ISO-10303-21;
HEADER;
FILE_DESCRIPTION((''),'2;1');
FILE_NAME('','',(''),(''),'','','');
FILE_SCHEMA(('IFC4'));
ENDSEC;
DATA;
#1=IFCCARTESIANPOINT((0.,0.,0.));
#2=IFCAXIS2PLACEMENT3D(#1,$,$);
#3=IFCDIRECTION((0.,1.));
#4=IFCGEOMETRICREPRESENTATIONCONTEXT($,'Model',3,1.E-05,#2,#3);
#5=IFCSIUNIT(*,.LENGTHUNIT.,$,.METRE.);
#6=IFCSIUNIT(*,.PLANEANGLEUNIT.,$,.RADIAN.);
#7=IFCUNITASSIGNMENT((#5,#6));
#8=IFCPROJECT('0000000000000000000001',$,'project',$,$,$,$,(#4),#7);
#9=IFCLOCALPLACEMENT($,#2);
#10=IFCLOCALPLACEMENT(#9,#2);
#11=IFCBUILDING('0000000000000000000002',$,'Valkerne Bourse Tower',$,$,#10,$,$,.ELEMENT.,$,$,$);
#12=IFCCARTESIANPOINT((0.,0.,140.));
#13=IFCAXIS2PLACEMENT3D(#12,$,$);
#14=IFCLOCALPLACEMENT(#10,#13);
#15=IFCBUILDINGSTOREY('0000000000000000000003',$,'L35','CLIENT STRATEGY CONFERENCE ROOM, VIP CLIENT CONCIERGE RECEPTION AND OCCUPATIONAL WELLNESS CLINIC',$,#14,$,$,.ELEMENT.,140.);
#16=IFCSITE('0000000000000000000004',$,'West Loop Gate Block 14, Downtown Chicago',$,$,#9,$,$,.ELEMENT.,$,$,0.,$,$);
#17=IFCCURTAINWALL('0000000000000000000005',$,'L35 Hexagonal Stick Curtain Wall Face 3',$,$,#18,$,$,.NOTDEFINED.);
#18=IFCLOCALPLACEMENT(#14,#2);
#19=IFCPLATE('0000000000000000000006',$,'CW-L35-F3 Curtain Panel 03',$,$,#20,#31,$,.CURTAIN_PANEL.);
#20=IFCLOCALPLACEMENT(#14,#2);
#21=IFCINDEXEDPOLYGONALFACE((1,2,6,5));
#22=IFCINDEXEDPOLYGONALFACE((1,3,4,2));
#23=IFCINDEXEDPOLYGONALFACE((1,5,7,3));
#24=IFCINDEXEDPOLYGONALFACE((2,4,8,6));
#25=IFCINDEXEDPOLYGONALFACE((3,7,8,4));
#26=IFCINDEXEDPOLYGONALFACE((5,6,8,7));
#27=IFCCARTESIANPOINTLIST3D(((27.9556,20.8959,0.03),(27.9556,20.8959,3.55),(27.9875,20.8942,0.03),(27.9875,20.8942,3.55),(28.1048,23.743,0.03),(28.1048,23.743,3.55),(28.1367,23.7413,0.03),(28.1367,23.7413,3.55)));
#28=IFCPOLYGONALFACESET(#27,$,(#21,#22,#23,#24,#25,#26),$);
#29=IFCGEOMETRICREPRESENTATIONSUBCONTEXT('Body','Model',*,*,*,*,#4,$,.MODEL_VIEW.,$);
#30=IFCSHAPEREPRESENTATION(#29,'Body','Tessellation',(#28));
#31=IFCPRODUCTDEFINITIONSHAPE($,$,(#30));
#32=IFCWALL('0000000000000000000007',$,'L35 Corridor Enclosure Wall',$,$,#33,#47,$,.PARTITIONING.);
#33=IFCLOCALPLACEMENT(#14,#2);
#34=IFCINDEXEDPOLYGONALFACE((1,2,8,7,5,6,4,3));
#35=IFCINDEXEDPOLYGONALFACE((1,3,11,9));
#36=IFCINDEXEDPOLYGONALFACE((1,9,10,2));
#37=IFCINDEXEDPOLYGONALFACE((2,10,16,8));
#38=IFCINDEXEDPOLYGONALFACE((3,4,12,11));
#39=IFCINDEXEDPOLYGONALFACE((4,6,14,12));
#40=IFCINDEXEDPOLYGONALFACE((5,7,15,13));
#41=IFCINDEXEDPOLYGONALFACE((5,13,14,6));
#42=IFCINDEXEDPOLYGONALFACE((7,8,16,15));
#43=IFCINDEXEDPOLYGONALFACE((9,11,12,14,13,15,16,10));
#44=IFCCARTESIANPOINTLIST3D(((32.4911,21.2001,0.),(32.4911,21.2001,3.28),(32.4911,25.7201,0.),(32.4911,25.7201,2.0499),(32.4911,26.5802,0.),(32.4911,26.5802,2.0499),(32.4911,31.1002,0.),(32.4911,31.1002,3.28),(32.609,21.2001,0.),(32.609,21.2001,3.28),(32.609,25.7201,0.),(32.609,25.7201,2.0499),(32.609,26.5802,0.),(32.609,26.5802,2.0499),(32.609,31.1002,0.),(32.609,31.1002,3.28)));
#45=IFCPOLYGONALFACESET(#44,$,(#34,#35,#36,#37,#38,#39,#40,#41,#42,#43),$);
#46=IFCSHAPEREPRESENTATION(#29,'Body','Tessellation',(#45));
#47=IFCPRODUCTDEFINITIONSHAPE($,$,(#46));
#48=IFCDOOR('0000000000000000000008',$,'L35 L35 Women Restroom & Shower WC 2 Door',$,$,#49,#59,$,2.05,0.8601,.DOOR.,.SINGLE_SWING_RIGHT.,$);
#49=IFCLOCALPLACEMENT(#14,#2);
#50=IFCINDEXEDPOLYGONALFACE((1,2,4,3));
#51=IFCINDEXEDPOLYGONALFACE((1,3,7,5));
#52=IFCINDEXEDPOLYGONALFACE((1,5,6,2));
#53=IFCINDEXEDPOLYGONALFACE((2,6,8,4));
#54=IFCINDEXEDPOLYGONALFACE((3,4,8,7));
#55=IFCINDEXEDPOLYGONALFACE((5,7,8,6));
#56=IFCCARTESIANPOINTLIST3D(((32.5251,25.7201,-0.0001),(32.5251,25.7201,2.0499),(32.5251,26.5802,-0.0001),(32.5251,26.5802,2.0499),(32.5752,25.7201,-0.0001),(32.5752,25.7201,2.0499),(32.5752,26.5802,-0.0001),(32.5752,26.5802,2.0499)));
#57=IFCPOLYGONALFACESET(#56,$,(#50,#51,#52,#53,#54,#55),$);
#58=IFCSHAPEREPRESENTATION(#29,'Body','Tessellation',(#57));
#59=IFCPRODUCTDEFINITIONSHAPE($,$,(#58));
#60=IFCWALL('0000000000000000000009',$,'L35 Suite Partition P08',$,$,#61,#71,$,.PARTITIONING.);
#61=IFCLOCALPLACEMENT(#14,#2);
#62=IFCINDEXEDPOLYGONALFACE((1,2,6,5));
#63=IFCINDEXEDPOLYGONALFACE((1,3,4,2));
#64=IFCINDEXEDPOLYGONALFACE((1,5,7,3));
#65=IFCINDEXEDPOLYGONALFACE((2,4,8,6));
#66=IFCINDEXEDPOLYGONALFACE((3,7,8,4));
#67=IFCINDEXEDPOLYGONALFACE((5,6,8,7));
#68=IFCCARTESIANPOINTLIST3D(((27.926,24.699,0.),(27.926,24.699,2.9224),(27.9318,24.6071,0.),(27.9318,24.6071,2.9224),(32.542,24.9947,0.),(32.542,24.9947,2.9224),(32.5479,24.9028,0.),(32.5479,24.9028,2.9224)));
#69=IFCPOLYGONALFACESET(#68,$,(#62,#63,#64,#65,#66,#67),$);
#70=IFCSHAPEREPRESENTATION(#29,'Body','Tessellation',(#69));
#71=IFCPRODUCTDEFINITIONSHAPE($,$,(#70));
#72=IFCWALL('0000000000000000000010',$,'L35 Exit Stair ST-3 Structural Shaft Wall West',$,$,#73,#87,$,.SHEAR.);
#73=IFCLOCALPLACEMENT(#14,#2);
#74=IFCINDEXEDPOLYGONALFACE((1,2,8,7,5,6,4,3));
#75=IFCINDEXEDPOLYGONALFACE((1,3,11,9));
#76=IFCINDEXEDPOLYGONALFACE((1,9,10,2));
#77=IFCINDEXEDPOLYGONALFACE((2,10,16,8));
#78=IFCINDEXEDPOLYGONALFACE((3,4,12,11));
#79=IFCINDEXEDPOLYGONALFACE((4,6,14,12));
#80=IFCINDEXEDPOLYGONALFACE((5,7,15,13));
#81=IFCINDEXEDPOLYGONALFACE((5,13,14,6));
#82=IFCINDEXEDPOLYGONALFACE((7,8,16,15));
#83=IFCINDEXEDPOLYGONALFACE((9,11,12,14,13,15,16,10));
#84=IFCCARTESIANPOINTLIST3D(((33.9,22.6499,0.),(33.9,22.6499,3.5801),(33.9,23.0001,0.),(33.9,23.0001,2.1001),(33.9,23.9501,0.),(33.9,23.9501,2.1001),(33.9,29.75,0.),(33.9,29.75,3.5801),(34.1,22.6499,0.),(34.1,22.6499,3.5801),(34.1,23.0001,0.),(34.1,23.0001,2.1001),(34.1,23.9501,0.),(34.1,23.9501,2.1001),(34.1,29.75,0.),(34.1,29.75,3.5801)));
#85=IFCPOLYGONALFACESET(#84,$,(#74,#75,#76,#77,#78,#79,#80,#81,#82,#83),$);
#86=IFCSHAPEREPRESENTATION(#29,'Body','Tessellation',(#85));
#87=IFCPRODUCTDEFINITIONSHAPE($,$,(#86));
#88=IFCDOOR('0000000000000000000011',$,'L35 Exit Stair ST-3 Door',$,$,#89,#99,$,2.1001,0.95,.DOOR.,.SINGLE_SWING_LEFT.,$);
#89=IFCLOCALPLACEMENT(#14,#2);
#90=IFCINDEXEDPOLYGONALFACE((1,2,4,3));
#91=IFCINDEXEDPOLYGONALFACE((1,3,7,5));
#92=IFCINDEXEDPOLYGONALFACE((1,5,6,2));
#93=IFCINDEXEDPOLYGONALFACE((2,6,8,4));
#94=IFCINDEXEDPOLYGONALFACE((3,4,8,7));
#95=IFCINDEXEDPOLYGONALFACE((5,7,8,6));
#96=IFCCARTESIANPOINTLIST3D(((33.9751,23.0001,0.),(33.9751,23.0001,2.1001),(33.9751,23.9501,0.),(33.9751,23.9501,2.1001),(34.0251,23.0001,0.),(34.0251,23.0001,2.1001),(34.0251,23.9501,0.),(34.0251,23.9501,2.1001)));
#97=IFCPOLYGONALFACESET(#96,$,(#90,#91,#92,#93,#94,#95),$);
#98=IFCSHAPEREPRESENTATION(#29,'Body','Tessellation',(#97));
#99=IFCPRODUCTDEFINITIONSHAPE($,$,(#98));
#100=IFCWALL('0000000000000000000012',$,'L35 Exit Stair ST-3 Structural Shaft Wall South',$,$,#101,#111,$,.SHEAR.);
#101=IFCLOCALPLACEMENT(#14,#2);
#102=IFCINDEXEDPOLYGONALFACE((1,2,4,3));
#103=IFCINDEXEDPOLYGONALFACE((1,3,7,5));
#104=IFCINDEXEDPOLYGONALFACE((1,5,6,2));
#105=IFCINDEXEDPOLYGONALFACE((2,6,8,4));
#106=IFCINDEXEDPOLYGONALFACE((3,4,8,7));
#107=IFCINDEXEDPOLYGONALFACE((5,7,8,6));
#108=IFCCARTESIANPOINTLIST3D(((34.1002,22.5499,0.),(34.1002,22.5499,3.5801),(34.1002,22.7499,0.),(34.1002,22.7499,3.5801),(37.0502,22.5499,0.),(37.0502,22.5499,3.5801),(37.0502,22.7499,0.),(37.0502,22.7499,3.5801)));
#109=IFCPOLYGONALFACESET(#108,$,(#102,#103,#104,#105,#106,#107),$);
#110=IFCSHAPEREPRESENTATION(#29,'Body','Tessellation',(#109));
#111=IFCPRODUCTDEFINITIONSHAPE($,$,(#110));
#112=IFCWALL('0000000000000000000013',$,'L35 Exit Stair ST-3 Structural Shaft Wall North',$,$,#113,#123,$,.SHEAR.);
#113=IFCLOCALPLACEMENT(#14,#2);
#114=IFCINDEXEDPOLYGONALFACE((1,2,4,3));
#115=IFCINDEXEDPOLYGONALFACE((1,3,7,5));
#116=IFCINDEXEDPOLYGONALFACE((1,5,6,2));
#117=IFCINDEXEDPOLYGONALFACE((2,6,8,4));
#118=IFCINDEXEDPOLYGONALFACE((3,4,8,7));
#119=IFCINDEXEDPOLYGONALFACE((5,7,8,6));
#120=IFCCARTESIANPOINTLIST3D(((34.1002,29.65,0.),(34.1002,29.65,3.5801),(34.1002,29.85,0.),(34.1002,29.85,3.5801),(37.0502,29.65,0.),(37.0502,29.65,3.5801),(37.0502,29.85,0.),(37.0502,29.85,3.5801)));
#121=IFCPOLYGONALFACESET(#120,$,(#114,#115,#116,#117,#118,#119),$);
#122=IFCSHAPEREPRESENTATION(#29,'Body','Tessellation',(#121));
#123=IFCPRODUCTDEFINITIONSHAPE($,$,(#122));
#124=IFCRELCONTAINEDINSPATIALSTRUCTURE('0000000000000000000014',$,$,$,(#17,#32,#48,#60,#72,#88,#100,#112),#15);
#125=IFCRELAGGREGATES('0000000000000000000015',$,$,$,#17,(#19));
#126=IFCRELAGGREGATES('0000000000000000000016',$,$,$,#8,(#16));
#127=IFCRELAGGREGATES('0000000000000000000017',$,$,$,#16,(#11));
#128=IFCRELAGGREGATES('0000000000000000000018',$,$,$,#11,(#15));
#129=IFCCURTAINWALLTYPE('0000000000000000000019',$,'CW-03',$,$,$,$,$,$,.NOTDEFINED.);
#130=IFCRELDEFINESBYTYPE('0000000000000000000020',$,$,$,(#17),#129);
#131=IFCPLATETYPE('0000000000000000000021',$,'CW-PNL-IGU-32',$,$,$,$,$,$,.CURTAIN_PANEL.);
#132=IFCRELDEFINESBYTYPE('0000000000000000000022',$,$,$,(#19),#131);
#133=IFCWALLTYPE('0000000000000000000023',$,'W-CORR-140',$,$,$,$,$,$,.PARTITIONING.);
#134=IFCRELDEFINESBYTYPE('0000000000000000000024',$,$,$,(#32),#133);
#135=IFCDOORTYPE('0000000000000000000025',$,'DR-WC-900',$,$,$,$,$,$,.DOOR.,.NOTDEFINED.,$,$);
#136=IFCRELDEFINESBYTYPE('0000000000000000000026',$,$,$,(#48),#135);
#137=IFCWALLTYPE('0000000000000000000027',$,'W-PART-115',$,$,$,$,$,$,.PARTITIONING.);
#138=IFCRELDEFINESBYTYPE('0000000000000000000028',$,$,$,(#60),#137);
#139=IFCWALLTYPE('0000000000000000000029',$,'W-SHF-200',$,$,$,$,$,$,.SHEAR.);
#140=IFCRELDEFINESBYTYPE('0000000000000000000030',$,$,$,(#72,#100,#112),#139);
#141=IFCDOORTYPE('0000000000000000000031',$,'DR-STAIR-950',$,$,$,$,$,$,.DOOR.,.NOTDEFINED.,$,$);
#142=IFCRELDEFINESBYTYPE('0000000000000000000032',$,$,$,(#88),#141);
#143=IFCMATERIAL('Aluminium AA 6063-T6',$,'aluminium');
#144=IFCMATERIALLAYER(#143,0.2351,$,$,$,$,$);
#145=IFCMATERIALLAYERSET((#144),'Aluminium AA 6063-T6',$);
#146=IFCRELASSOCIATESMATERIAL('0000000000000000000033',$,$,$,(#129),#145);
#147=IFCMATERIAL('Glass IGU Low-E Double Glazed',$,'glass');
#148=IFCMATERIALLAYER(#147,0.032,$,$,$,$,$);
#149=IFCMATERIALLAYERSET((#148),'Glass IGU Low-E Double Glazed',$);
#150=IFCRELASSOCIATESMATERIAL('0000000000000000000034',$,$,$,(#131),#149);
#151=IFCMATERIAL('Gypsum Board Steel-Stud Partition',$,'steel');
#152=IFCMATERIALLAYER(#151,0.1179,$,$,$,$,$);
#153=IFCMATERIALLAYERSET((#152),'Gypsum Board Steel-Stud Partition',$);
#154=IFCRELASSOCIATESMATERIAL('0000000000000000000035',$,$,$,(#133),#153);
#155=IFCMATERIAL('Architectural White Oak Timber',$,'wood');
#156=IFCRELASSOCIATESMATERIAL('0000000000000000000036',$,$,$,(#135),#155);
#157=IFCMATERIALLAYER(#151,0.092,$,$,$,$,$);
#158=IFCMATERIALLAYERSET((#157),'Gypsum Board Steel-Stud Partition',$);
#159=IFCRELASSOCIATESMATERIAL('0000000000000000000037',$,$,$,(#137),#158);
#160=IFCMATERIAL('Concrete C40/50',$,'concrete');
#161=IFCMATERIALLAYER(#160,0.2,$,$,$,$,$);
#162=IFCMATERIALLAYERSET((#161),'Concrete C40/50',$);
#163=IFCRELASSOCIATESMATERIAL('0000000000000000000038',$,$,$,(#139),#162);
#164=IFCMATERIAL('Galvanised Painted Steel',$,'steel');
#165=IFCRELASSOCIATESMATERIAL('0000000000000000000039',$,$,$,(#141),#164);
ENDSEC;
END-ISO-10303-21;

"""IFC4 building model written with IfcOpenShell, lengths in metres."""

from ifc_helpers import new_model, si_unit, direction, frame, frame_2d, origin, origin_2d, place, context, subcontext, project, spatial, rectangle, extrude, material, layer, layer_set, type_object, element, fill, aggregate, save


model = new_model("IFC4")

# Units and contexts
model_context = context("Model", 3, precision=1e-05, world=origin(), true_north=direction((0.0, 1.0)))
body_context = subcontext(model_context, "Body", "Model", "MODEL_VIEW")
ifc_project = project(units=[si_unit("LENGTHUNIT", "METRE"), si_unit("PLANEANGLEUNIT", "RADIAN")], contexts=[model_context])

# Site, building, storey
site_placement = place(None, origin())
site = spatial("IfcSite", under=ifc_project, at=site_placement, Name="West Loop Gate Block 14, Downtown Chicago", CompositionType="ELEMENT", RefElevation=0.0)
building_placement = place(site_placement, origin())
building = spatial("IfcBuilding", under=site, at=building_placement, Name="Valkerne Bourse Tower", CompositionType="ELEMENT")
storey_placement = place(building_placement, frame((0.0, 0.0, 140.0)))
storey = spatial("IfcBuildingStorey", under=building, at=storey_placement, Name="L35", Description="CLIENT STRATEGY CONFERENCE ROOM, VIP CLIENT CONCIERGE RECEPTION AND OCCUPATIONAL WELLNESS CLINIC", CompositionType="ELEMENT", Elevation=140.0)

# Curtain wall
ifc_material_1 = material(Name="Aluminium AA 6063-T6", Category="aluminium")
ifc_layer_1 = layer(ifc_material_1, 0.2351)
ifc_layer_set_1 = layer_set([ifc_layer_1], Name="Aluminium AA 6063-T6")
curtain_wall_type = type_object("IfcCurtainWallType", Name="CW-03", PredefinedType="NOTDEFINED", material=ifc_layer_set_1)
curtain_wall_placement = place(storey_placement, origin())
curtain_wall = element("IfcCurtainWall", 1, at=curtain_wall_placement, inside=storey, type_object=curtain_wall_type, Name="L35 Hexagonal Stick Curtain Wall Face 3", PredefinedType="NOTDEFINED")

# Plate
ifc_material_2 = material(Name="Glass IGU Low-E Double Glazed", Category="glass")
ifc_layer_2 = layer(ifc_material_2, 0.032)
ifc_layer_set_2 = layer_set([ifc_layer_2], Name="Glass IGU Low-E Double Glazed")
plate_type = type_object("IfcPlateType", Name="CW-PNL-IGU-32", PredefinedType="CURTAIN_PANEL", material=ifc_layer_set_2)
plate_1_placement = place(storey_placement, frame((28.0461, 22.3186, 0.03), z_axis=(0.0, 0.0, 1.0), x_axis=(-0.052347, -0.998629, 0.0)))
plate_1 = element("IfcPlate", 2, at=plate_1_placement, type_object=plate_type, Name="CW-L35-F3 Curtain Panel 03", PredefinedType="CURTAIN_PANEL", context=body_context, shape_type="SweptSolid", body=[
    extrude(rectangle(XDim=2.8511, YDim=0.032, at=origin_2d()), origin(), (0.0, 0.0, 1.0), 3.52),
])
aggregate(curtain_wall, [plate_1])

# Wall, opening, door
ifc_material_3 = material(Name="Gypsum Board Steel-Stud Partition", Category="steel")
ifc_layer_3 = layer(ifc_material_3, 0.1179)
ifc_layer_set_3 = layer_set([ifc_layer_3], Name="Gypsum Board Steel-Stud Partition")
wall_type_1 = type_object("IfcWallType", Name="W-CORR-140", PredefinedType="PARTITIONING", material=ifc_layer_set_3)
wall_1_placement = place(storey_placement, frame((32.55, 21.2, 0.0), z_axis=(0.0, 0.0, 1.0), x_axis=(0.0, 1.0, 0.0)))
wall_1 = element("IfcWall", 3, at=wall_1_placement, inside=storey, type_object=wall_type_1, Name="L35 Corridor Enclosure Wall", PredefinedType="PARTITIONING", context=body_context, shape_type="SweptSolid", body=[
    extrude(rectangle(XDim=9.9001, YDim=0.1179, at=frame_2d((4.9502, 0.0))), origin(), (0.0, 0.0, 1.0), 3.28),
])
opening_1_placement = place(wall_1_placement, frame((4.52, 0.0, 0.0)))
opening_1 = element("IfcOpeningElement", 4, at=opening_1_placement, cuts=wall_1, PredefinedType="OPENING", context=body_context, shape_type="SweptSolid", body=[
    extrude(rectangle(XDim=0.8601, YDim=2.05, at=frame_2d((0.4302, 1.0249))), frame((0.0, 0.0688, 0.0), z_axis=(0.0, -1.0, 0.0), x_axis=(1.0, 0.0, 0.0)), (0.0, 0.0, 1.0), 0.1379),
])
ifc_material_4 = material(Name="Architectural White Oak Timber", Category="wood")
door_type_1 = type_object("IfcDoorType", Name="DR-WC-900", OperationType="NOTDEFINED", PredefinedType="DOOR", material=ifc_material_4)
door_1_placement = place(opening_1_placement, origin())
door_1 = element("IfcDoor", 5, at=door_1_placement, inside=storey, type_object=door_type_1, Name="L35 L35 Women Restroom & Shower WC 2 Door", OperationType="SINGLE_SWING_RIGHT", OverallHeight=2.05, OverallWidth=0.8601, PredefinedType="DOOR", context=body_context, shape_type="SweptSolid", body=[
    extrude(rectangle(XDim=0.8601, YDim=2.05, at=frame_2d((0.4302, 1.0249))), frame((0.0, 0.0249, 0.0), z_axis=(0.0, -1.0, 0.0), x_axis=(1.0, 0.0, 0.0)), (0.0, 0.0, 1.0), 0.05),
])
fill(opening_1, door_1)

# Wall
ifc_layer_4 = layer(ifc_material_3, 0.092)
ifc_layer_set_4 = layer_set([ifc_layer_4], Name="Gypsum Board Steel-Stud Partition")
wall_type_2 = type_object("IfcWallType", Name="W-PART-115", PredefinedType="PARTITIONING", material=ifc_layer_set_4)
wall_2_placement = place(storey_placement, frame((32.5449, 24.9487, 0.0), z_axis=(0.0, 0.0, 1.0), x_axis=(-0.997955, -0.063919, 0.0)))
element("IfcWall", 6, at=wall_2_placement, inside=storey, type_object=wall_type_2, Name="L35 Suite Partition P08", PredefinedType="PARTITIONING", context=body_context, shape_type="SweptSolid", body=[
    extrude(rectangle(XDim=4.6255, YDim=0.092, at=frame_2d((2.3127, 0.0))), origin(), (0.0, 0.0, 1.0), 2.9224),
])

# Wall, opening, door
ifc_material_5 = material(Name="Concrete C40/50", Category="concrete")
ifc_layer_5 = layer(ifc_material_5, 0.2)
ifc_layer_set_5 = layer_set([ifc_layer_5], Name="Concrete C40/50")
wall_type_3 = type_object("IfcWallType", Name="W-SHF-200", PredefinedType="SHEAR", material=ifc_layer_set_5)
wall_3_placement = place(storey_placement, frame((34.0, 22.6499, 0.0), z_axis=(0.0, 0.0, 1.0), x_axis=(0.0, 1.0, 0.0)))
wall_3 = element("IfcWall", 7, at=wall_3_placement, inside=storey, type_object=wall_type_3, Name="L35 Exit Stair ST-3 Structural Shaft Wall West", PredefinedType="SHEAR", context=body_context, shape_type="SweptSolid", body=[
    extrude(rectangle(XDim=7.1001, YDim=0.2, at=frame_2d((3.55, 0.0))), origin(), (0.0, 0.0, 1.0), 3.5801),
])
opening_2_placement = place(wall_3_placement, frame((0.3501, 0.0, 0.0)))
opening_2 = element("IfcOpeningElement", 8, at=opening_2_placement, cuts=wall_3, PredefinedType="OPENING", context=body_context, shape_type="SweptSolid", body=[
    extrude(rectangle(XDim=0.95, YDim=2.1001, at=frame_2d((0.4751, 1.05))), frame((0.0, 0.1099, 0.0), z_axis=(0.0, -1.0, 0.0), x_axis=(1.0, 0.0, 0.0)), (0.0, 0.0, 1.0), 0.22),
])
ifc_material_6 = material(Name="Galvanised Painted Steel", Category="steel")
door_type_2 = type_object("IfcDoorType", Name="DR-STAIR-950", OperationType="NOTDEFINED", PredefinedType="DOOR", material=ifc_material_6)
door_2_placement = place(opening_2_placement, origin())
door_2 = element("IfcDoor", 9, at=door_2_placement, inside=storey, type_object=door_type_2, Name="L35 Exit Stair ST-3 Door", OperationType="SINGLE_SWING_LEFT", OverallHeight=2.1001, OverallWidth=0.95, PredefinedType="DOOR", context=body_context, shape_type="SweptSolid", body=[
    extrude(rectangle(XDim=0.95, YDim=2.1001, at=frame_2d((0.4751, 1.05))), frame((0.0, 0.0249, 0.0), z_axis=(0.0, -1.0, 0.0), x_axis=(1.0, 0.0, 0.0)), (0.0, 0.0, 1.0), 0.05),
])
fill(opening_2, door_2)

# Walls
for number, where, z_axis, x_axis, name in (
    (10, (34.1001, 22.6499, 0.0), (0.0, 0.0, 1.0), (1.0, 0.0, 0.0), "L35 Exit Stair ST-3 Structural Shaft Wall South"),
    (11, (34.1001, 29.75, 0.0), (0.0, 0.0, 1.0), (1.0, 0.0, 0.0), "L35 Exit Stair ST-3 Structural Shaft Wall North"),
):
    element("IfcWall", number, at=place(storey_placement, frame(where, z_axis=z_axis, x_axis=x_axis)), inside=storey, type_object=wall_type_3, Name=name, PredefinedType="SHEAR", context=body_context, shape_type="SweptSolid", body=[
        extrude(rectangle(XDim=2.95, YDim=0.2, at=frame_2d((1.4751, 0.0))), origin(), (0.0, 0.0, 1.0), 3.5801),
    ])

save(model, "model.ifc")
